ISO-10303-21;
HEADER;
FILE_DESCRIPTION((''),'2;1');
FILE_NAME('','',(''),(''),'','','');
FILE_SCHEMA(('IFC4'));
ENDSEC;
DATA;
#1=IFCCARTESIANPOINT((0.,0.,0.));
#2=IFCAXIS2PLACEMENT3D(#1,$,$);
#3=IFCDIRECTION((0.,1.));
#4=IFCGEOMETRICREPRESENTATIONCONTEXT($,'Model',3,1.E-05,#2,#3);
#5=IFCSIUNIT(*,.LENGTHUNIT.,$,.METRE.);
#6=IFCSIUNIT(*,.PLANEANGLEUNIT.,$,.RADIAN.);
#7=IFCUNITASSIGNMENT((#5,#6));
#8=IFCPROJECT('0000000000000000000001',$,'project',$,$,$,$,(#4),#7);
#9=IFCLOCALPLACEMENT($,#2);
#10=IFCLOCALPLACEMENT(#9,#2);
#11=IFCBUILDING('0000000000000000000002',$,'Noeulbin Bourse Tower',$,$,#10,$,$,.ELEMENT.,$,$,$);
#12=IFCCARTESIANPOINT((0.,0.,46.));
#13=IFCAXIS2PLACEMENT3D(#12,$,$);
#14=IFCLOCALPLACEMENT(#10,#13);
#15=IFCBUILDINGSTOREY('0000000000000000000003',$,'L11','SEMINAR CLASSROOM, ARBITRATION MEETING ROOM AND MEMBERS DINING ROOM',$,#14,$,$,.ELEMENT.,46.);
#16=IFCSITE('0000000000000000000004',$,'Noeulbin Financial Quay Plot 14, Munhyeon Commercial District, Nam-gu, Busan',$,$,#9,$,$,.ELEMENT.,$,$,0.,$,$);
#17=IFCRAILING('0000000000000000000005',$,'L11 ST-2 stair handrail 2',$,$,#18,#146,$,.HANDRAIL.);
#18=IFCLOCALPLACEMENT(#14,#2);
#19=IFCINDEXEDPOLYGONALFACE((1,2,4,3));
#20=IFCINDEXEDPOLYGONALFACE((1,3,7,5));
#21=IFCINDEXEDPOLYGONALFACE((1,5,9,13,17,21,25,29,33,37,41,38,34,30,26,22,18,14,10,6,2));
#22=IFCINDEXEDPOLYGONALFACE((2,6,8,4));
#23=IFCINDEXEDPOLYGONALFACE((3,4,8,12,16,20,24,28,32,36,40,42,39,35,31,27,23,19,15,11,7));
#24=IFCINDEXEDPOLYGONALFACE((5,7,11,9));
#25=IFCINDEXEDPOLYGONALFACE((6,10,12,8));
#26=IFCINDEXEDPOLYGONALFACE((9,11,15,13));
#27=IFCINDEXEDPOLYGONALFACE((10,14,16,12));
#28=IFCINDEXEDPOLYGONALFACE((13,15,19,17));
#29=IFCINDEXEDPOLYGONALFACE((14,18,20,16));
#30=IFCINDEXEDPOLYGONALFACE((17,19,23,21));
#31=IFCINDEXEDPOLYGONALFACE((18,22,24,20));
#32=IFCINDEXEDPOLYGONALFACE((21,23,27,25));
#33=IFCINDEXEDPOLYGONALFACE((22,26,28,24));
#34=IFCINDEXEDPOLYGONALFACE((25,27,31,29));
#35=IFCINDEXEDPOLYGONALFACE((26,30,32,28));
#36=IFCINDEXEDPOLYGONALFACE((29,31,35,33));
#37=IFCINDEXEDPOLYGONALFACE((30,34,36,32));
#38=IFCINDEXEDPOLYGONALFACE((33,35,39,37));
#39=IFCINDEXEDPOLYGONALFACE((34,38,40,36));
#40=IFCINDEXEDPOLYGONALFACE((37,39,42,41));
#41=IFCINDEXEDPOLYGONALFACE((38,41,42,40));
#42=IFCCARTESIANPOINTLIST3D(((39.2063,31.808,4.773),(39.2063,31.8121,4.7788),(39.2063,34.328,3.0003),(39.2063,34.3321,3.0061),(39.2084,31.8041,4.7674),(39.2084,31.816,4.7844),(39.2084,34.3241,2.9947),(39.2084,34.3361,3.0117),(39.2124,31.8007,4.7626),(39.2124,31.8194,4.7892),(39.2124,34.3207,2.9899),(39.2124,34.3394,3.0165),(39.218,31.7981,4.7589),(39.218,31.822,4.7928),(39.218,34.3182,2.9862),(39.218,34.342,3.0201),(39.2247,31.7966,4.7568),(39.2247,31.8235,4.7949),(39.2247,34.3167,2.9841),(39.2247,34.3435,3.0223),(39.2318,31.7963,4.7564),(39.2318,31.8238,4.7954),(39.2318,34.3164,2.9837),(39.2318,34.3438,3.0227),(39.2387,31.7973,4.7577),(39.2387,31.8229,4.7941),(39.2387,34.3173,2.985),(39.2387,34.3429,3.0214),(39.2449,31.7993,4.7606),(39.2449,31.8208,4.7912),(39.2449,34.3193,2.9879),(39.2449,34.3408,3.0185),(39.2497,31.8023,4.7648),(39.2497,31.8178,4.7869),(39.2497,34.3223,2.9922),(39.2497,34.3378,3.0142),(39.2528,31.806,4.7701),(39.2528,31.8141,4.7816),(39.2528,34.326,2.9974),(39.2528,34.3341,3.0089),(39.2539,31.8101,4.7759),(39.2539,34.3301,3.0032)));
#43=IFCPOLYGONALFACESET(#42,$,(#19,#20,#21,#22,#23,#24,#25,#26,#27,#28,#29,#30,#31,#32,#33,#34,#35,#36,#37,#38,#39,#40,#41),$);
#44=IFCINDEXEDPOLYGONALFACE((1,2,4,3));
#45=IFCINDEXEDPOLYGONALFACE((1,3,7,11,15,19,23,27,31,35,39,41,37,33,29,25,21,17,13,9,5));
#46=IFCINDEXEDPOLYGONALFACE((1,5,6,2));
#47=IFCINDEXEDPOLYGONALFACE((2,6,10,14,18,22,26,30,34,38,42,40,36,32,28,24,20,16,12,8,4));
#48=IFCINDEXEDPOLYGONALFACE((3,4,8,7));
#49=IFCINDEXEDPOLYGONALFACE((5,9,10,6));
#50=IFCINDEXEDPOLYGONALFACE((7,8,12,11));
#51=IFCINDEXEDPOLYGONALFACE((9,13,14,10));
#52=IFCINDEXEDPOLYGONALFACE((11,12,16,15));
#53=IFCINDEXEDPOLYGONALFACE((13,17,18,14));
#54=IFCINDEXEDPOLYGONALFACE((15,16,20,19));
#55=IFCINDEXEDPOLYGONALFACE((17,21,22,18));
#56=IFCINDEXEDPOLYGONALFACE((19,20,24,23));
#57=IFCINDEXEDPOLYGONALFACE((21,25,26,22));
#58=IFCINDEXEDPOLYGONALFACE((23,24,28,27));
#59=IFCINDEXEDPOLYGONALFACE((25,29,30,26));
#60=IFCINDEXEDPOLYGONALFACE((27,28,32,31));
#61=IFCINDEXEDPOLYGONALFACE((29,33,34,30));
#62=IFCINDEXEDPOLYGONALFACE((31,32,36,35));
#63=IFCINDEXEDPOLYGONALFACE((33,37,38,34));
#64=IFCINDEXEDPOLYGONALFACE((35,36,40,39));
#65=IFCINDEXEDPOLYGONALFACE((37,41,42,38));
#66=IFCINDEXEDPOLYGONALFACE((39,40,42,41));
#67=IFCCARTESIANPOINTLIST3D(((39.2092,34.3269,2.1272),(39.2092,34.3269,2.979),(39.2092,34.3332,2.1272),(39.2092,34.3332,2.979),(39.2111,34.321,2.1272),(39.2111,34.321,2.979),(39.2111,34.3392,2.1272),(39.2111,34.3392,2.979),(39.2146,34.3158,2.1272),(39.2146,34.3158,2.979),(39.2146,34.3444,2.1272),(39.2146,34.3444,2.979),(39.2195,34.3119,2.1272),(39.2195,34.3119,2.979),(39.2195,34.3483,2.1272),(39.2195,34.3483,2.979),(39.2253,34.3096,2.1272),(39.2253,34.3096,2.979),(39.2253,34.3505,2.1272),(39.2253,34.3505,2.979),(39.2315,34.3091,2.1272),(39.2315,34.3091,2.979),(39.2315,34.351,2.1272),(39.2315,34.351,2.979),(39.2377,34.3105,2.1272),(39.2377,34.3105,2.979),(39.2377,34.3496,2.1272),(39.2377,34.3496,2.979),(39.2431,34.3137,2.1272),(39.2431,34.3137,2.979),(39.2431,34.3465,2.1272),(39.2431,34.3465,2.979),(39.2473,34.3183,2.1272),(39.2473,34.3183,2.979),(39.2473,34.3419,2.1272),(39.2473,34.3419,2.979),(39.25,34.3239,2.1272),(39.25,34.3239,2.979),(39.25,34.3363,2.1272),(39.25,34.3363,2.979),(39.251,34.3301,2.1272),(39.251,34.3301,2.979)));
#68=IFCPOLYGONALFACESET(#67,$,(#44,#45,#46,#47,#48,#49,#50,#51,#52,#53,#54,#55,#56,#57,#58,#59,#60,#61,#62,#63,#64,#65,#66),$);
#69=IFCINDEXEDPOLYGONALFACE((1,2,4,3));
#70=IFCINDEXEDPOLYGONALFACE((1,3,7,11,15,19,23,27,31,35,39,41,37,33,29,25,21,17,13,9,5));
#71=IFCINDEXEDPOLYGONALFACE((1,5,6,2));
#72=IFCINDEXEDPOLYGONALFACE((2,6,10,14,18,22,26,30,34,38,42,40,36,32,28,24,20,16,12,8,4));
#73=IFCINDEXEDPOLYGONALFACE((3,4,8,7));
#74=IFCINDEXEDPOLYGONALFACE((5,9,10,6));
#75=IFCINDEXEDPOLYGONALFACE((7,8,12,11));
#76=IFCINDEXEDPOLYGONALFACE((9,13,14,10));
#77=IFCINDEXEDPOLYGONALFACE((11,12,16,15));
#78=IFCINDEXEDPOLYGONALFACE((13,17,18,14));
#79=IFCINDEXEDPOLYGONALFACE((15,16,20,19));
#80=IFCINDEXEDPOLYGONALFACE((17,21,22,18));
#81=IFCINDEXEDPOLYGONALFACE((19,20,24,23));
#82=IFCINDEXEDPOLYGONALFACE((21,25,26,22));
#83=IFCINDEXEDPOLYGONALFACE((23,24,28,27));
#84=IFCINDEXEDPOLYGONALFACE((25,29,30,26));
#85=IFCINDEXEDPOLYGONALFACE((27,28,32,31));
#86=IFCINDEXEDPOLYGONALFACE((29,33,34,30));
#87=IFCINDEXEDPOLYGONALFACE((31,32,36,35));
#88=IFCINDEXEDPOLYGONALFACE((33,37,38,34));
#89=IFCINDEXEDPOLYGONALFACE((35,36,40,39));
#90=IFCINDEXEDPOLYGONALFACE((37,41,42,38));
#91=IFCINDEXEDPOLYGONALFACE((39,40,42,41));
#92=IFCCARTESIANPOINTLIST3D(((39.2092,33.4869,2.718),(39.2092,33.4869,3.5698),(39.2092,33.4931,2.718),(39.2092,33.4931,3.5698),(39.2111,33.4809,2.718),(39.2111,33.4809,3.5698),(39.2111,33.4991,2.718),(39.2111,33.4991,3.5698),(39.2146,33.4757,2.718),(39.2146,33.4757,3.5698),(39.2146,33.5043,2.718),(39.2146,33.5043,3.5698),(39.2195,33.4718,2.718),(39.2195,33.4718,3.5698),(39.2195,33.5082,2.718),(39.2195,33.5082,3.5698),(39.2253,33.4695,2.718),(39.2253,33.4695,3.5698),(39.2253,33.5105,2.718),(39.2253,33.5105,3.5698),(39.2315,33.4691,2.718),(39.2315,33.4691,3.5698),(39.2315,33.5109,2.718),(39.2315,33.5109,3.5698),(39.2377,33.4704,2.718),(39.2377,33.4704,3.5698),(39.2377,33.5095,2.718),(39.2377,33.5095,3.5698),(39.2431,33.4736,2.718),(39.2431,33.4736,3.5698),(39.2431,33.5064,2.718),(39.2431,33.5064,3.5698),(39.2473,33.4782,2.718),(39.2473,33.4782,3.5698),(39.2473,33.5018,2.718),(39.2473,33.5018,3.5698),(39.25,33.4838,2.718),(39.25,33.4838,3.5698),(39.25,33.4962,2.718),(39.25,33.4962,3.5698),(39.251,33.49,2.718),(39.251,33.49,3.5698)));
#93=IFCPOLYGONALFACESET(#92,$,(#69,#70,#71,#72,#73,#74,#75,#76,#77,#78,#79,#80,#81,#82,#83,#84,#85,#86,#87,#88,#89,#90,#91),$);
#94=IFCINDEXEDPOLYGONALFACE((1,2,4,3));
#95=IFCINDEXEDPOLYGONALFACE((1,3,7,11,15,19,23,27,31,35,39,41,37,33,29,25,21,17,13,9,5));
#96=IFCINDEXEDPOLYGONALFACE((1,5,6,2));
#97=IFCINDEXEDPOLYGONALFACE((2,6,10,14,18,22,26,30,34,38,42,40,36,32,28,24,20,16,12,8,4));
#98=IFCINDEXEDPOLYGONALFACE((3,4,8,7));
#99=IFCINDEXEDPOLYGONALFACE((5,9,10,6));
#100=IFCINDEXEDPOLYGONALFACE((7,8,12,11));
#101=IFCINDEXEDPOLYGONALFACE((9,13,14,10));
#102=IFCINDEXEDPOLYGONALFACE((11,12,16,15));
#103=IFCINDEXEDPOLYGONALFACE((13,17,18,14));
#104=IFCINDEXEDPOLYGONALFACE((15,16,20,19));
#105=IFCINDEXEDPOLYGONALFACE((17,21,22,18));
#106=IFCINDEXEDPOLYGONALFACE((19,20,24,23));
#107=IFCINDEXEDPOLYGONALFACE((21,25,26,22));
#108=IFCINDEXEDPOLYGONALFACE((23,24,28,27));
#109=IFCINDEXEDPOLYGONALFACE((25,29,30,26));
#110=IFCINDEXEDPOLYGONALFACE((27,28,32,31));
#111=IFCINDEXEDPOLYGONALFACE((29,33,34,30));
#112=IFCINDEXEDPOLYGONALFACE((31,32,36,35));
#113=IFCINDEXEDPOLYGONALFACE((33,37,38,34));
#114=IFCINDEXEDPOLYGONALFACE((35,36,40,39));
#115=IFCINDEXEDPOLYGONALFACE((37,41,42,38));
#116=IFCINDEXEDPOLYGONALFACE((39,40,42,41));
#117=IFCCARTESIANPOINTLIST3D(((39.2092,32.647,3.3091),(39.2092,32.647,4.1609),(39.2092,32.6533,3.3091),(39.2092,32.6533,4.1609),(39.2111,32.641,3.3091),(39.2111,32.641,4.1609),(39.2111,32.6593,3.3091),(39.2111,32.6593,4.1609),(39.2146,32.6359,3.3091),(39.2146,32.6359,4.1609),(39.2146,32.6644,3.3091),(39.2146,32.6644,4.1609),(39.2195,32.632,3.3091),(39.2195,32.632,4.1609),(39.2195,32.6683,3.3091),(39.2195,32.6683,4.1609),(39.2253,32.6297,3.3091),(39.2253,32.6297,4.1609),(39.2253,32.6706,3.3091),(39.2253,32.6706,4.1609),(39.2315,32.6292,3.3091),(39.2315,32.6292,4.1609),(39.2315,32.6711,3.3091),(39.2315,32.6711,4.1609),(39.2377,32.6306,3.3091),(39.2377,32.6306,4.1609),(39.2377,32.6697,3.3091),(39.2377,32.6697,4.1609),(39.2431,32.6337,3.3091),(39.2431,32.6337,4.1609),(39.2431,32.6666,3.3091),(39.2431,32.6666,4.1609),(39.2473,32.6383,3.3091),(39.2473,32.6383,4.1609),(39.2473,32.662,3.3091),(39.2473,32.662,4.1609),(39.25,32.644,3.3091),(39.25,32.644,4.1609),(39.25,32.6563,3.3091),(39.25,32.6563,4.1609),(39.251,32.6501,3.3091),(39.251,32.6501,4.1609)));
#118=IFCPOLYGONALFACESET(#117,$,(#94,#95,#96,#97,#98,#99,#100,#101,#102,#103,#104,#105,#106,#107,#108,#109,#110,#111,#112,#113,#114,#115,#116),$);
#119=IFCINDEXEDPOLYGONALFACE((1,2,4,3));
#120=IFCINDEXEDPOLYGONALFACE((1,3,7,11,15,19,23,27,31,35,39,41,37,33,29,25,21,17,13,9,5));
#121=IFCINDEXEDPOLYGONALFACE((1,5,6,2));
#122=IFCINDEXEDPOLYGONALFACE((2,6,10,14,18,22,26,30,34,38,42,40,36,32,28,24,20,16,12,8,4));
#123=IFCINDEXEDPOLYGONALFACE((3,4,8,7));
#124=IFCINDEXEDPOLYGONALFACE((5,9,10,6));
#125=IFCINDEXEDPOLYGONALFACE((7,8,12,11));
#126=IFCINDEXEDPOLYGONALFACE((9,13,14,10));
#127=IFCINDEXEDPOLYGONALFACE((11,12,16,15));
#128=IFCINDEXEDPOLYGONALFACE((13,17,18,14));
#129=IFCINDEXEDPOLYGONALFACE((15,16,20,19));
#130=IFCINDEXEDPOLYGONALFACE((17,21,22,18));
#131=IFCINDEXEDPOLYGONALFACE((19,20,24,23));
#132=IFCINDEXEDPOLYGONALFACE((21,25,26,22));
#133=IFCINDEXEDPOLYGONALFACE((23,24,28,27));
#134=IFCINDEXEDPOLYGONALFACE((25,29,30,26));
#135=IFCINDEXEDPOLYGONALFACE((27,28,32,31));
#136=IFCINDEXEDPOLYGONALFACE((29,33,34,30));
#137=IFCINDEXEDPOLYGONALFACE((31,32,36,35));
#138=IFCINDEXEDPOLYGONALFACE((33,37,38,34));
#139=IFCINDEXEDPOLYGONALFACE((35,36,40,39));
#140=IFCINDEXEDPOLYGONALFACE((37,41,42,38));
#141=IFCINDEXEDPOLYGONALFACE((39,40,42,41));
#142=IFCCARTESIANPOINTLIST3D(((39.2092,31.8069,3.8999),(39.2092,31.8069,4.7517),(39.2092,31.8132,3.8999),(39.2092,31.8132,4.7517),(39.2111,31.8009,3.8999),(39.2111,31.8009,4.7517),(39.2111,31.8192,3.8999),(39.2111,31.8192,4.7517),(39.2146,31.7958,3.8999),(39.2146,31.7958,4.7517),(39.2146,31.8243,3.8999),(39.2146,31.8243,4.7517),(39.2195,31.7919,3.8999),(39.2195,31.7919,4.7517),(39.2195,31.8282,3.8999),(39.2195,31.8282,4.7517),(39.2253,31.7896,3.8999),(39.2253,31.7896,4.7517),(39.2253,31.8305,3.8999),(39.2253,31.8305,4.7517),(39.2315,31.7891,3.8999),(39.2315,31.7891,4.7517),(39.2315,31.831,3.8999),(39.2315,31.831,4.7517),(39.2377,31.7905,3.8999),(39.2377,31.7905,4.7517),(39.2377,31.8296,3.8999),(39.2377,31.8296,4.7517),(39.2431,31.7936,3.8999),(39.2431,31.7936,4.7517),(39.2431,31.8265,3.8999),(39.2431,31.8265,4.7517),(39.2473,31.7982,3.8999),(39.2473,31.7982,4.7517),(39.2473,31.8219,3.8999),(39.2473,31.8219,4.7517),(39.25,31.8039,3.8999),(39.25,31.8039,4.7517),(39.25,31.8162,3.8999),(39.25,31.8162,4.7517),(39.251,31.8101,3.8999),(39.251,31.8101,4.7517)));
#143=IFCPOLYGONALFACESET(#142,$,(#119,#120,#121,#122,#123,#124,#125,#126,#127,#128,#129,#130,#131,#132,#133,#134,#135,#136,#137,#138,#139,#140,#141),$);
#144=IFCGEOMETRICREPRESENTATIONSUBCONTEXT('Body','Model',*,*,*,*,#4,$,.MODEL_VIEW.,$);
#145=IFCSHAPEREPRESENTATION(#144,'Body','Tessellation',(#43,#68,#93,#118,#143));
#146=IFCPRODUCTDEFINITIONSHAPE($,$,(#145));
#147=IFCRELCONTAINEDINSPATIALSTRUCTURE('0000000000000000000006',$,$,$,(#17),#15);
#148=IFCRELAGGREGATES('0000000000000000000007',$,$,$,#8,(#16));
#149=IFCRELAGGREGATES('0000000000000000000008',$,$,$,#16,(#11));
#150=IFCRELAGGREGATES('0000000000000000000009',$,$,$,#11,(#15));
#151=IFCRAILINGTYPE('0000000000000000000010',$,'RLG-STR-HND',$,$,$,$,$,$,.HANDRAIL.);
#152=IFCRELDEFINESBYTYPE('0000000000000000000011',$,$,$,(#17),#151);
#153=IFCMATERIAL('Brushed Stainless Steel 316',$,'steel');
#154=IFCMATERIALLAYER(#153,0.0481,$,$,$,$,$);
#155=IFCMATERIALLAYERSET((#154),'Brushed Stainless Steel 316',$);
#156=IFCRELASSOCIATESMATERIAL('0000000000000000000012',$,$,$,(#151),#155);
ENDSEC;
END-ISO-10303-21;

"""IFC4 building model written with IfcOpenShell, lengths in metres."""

from ifc_helpers import new_model, si_unit, direction, frame, origin, origin_2d, place, context, subcontext, project, spatial, circle, extrude, material, layer, layer_set, type_object, element, save


model = new_model("IFC4")

# Units and contexts
model_context = context("Model", 3, precision=1e-05, world=origin(), true_north=direction((0.0, 1.0)))
body_context = subcontext(model_context, "Body", "Model", "MODEL_VIEW")
ifc_project = project(units=[si_unit("LENGTHUNIT", "METRE"), si_unit("PLANEANGLEUNIT", "RADIAN")], contexts=[model_context])

# Site, building, storey
site_placement = place(None, origin())
site = spatial("IfcSite", under=ifc_project, at=site_placement, Name="Noeulbin Financial Quay Plot 14, Munhyeon Commercial District, Nam-gu, Busan", CompositionType="ELEMENT", RefElevation=0.0)
building_placement = place(site_placement, origin())
building = spatial("IfcBuilding", under=site, at=building_placement, Name="Noeulbin Bourse Tower", CompositionType="ELEMENT")
storey_placement = place(building_placement, frame((0.0, 0.0, 46.0)))
storey = spatial("IfcBuildingStorey", under=building, at=storey_placement, Name="L11", Description="SEMINAR CLASSROOM, ARBITRATION MEETING ROOM AND MEMBERS DINING ROOM", CompositionType="ELEMENT", Elevation=46.0)

# Shared definitions
ifc_material_1 = material(Name="Brushed Stainless Steel 316", Category="steel")

# Railing
ifc_layer_1 = layer(ifc_material_1, 0.0481)
ifc_layer_set_1 = layer_set([ifc_layer_1], Name="Brushed Stainless Steel 316")
railing_type = type_object("IfcRailingType", Name="RLG-STR-HND", PredefinedType="HANDRAIL", material=ifc_layer_set_1)
railing_placement = place(storey_placement, frame((39.23, 34.3301, 2.1272)))
element("IfcRailing", 1, at=railing_placement, inside=storey, type_object=railing_type, Name="L11 ST-2 stair handrail 2", PredefinedType="HANDRAIL", context=body_context, shape_type="SweptSolid", body=[
    extrude(circle(Radius=0.0239, at=origin_2d()), frame((0.0, 0.0, 0.876), z_axis=(0.0, -0.817904, 0.575354), x_axis=(1.0, 0.0, 0.0)), (0.0, 0.0, 1.0), 3.0811),
    extrude(circle(Radius=0.021, at=origin_2d()), origin(), (0.0, 0.0, 1.0), 0.8518),
    extrude(circle(Radius=0.021, at=origin_2d()), frame((0.0, -0.8401, 0.5908)), (0.0, 0.0, 1.0), 0.8518),
    extrude(circle(Radius=0.021, at=origin_2d()), frame((0.0, -1.6799, 1.1819)), (0.0, 0.0, 1.0), 0.8518),
    extrude(circle(Radius=0.021, at=origin_2d()), frame((0.0, -2.52, 1.7727)), (0.0, 0.0, 1.0), 0.8518),
])

save(model, "model.ifc")
